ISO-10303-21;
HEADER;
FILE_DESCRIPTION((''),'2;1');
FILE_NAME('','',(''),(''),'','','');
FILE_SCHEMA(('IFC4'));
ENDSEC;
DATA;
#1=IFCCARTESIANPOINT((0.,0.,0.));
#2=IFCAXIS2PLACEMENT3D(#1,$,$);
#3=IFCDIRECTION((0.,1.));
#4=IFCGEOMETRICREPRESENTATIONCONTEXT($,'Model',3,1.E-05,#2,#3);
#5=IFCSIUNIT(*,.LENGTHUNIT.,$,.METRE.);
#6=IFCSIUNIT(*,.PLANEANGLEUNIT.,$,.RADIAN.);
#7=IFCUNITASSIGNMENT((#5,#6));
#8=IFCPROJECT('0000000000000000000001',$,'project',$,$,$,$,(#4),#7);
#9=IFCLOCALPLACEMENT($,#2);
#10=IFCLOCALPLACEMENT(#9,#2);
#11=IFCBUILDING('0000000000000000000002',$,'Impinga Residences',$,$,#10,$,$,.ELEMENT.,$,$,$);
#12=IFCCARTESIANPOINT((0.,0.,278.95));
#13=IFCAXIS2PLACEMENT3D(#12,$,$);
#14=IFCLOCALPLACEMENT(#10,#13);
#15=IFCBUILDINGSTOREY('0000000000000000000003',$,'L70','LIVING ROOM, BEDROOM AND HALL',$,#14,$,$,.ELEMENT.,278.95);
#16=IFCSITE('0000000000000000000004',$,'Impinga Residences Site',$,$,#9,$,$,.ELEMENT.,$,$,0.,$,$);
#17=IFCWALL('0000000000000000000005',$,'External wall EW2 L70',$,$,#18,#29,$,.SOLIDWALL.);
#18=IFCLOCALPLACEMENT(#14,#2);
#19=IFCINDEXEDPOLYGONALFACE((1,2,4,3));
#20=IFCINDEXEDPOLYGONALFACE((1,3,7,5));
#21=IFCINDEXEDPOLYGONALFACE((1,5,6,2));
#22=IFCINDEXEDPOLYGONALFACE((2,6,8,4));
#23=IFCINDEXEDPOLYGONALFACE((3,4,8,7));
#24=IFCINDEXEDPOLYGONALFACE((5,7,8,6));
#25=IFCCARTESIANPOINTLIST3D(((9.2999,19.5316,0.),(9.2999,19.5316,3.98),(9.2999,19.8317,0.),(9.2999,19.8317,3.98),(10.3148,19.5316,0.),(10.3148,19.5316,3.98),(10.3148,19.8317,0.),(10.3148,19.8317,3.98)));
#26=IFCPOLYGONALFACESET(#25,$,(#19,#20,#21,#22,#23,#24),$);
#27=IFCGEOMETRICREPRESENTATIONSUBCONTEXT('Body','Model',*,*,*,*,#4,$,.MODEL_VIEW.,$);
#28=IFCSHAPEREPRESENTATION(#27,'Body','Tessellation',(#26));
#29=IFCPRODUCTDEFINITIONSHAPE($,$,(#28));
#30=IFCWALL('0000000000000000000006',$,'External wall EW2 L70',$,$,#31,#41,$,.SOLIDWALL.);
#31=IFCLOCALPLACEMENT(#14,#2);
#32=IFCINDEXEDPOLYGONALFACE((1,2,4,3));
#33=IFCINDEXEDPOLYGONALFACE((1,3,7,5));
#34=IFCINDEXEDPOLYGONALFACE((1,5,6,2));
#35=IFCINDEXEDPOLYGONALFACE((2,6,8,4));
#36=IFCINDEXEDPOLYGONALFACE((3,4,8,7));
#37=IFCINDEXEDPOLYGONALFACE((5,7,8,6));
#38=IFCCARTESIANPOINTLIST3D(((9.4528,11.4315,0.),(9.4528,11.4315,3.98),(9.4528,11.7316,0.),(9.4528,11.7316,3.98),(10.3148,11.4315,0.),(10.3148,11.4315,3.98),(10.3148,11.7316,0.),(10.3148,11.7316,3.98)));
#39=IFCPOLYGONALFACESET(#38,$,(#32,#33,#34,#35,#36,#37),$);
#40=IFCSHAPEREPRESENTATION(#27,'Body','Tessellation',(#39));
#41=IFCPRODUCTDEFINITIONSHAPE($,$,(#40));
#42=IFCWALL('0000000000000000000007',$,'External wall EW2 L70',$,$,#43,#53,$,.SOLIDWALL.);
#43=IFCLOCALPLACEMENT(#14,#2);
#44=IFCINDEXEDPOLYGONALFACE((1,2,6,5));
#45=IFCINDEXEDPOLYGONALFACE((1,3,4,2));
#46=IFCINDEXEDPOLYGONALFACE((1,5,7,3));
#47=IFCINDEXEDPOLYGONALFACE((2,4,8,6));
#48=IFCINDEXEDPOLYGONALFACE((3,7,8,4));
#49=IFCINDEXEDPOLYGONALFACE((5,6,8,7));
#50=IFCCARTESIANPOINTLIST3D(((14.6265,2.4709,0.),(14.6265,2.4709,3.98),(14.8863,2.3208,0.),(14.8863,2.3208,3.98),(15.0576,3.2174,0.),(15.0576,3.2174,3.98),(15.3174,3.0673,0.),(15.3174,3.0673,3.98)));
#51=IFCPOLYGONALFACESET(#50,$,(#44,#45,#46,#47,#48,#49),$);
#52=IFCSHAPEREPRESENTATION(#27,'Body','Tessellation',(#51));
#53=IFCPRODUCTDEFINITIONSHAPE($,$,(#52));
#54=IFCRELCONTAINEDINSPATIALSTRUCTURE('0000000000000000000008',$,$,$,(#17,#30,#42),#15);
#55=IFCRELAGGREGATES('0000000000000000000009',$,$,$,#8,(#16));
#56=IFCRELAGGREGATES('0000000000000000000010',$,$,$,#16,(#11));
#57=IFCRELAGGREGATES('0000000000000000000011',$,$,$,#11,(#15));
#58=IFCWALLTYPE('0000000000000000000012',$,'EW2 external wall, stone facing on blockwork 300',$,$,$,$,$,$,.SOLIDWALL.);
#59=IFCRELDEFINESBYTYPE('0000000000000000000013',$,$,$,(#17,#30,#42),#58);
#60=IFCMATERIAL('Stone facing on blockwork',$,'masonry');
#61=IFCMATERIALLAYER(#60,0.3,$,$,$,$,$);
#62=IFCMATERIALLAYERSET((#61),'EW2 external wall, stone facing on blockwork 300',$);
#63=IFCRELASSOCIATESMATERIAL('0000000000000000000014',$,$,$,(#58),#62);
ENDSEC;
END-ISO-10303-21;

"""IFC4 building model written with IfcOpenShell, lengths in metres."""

from ifc_helpers import new_model, si_unit, direction, frame, frame_2d, origin, place, context, subcontext, project, spatial, rectangle, extrude, material, layer, layer_set, type_object, element, save


model = new_model("IFC4")

# Units and contexts
model_context = context("Model", 3, precision=1e-05, world=origin(), true_north=direction((0.0, 1.0)))
body_context = subcontext(model_context, "Body", "Model", "MODEL_VIEW")
ifc_project = project(units=[si_unit("LENGTHUNIT", "METRE"), si_unit("PLANEANGLEUNIT", "RADIAN")], contexts=[model_context])

# Site, building, storey
site_placement = place(None, origin())
site = spatial("IfcSite", under=ifc_project, at=site_placement, Name="Impinga Residences Site", CompositionType="ELEMENT", RefElevation=0.0)
building_placement = place(site_placement, origin())
building = spatial("IfcBuilding", under=site, at=building_placement, Name="Impinga Residences", CompositionType="ELEMENT")
storey_placement = place(building_placement, frame((0.0, 0.0, 278.95)))
storey = spatial("IfcBuildingStorey", under=building, at=storey_placement, Name="L70", Description="LIVING ROOM, BEDROOM AND HALL", CompositionType="ELEMENT", Elevation=278.95)

# Walls
ifc_material_1 = material(Name="Stone facing on blockwork", Category="masonry")
ifc_layer_1 = layer(ifc_material_1, 0.3)
ifc_layer_set_1 = layer_set([ifc_layer_1], Name="EW2 external wall, stone facing on blockwork 300")
wall_type = type_object("IfcWallType", Name="EW2 external wall, stone facing on blockwork 300", PredefinedType="SOLIDWALL", material=ifc_layer_set_1)
wall_placement = place(storey_placement, frame((9.3, 19.6816, 0.0), z_axis=(0.0, 0.0, 1.0), x_axis=(1.0, 0.0, 0.0)))
element("IfcWall", 1, at=wall_placement, inside=storey, type_object=wall_type, Name="External wall EW2 L70", PredefinedType="SOLIDWALL", context=body_context, shape_type="SweptSolid", body=[
    extrude(rectangle(XDim=1.0149, YDim=0.3, at=frame_2d((0.5073, 0.0))), origin(), (0.0, 0.0, 1.0), 3.98),
])
for number, where, z_axis, x_axis, name in (
    (2, (10.3149, 11.5815, 0.0), (0.0, 0.0, 1.0), (-1.0, 0.0, 0.0), "External wall EW2 L70"),
    (3, (14.7563, 2.3958, 0.0), (0.0, 0.0, 1.0), (0.500098, 0.865969, 0.0), "External wall EW2 L70"),
):
    element("IfcWall", number, at=place(storey_placement, frame(where, z_axis=z_axis, x_axis=x_axis)), inside=storey, type_object=wall_type, Name=name, PredefinedType="SOLIDWALL", context=body_context, shape_type="SweptSolid", body=[
        extrude(rectangle(XDim=0.8621, YDim=0.3, at=frame_2d((0.4312, 0.0))), origin(), (0.0, 0.0, 1.0), 3.98),
    ])

save(model, "model.ifc")
